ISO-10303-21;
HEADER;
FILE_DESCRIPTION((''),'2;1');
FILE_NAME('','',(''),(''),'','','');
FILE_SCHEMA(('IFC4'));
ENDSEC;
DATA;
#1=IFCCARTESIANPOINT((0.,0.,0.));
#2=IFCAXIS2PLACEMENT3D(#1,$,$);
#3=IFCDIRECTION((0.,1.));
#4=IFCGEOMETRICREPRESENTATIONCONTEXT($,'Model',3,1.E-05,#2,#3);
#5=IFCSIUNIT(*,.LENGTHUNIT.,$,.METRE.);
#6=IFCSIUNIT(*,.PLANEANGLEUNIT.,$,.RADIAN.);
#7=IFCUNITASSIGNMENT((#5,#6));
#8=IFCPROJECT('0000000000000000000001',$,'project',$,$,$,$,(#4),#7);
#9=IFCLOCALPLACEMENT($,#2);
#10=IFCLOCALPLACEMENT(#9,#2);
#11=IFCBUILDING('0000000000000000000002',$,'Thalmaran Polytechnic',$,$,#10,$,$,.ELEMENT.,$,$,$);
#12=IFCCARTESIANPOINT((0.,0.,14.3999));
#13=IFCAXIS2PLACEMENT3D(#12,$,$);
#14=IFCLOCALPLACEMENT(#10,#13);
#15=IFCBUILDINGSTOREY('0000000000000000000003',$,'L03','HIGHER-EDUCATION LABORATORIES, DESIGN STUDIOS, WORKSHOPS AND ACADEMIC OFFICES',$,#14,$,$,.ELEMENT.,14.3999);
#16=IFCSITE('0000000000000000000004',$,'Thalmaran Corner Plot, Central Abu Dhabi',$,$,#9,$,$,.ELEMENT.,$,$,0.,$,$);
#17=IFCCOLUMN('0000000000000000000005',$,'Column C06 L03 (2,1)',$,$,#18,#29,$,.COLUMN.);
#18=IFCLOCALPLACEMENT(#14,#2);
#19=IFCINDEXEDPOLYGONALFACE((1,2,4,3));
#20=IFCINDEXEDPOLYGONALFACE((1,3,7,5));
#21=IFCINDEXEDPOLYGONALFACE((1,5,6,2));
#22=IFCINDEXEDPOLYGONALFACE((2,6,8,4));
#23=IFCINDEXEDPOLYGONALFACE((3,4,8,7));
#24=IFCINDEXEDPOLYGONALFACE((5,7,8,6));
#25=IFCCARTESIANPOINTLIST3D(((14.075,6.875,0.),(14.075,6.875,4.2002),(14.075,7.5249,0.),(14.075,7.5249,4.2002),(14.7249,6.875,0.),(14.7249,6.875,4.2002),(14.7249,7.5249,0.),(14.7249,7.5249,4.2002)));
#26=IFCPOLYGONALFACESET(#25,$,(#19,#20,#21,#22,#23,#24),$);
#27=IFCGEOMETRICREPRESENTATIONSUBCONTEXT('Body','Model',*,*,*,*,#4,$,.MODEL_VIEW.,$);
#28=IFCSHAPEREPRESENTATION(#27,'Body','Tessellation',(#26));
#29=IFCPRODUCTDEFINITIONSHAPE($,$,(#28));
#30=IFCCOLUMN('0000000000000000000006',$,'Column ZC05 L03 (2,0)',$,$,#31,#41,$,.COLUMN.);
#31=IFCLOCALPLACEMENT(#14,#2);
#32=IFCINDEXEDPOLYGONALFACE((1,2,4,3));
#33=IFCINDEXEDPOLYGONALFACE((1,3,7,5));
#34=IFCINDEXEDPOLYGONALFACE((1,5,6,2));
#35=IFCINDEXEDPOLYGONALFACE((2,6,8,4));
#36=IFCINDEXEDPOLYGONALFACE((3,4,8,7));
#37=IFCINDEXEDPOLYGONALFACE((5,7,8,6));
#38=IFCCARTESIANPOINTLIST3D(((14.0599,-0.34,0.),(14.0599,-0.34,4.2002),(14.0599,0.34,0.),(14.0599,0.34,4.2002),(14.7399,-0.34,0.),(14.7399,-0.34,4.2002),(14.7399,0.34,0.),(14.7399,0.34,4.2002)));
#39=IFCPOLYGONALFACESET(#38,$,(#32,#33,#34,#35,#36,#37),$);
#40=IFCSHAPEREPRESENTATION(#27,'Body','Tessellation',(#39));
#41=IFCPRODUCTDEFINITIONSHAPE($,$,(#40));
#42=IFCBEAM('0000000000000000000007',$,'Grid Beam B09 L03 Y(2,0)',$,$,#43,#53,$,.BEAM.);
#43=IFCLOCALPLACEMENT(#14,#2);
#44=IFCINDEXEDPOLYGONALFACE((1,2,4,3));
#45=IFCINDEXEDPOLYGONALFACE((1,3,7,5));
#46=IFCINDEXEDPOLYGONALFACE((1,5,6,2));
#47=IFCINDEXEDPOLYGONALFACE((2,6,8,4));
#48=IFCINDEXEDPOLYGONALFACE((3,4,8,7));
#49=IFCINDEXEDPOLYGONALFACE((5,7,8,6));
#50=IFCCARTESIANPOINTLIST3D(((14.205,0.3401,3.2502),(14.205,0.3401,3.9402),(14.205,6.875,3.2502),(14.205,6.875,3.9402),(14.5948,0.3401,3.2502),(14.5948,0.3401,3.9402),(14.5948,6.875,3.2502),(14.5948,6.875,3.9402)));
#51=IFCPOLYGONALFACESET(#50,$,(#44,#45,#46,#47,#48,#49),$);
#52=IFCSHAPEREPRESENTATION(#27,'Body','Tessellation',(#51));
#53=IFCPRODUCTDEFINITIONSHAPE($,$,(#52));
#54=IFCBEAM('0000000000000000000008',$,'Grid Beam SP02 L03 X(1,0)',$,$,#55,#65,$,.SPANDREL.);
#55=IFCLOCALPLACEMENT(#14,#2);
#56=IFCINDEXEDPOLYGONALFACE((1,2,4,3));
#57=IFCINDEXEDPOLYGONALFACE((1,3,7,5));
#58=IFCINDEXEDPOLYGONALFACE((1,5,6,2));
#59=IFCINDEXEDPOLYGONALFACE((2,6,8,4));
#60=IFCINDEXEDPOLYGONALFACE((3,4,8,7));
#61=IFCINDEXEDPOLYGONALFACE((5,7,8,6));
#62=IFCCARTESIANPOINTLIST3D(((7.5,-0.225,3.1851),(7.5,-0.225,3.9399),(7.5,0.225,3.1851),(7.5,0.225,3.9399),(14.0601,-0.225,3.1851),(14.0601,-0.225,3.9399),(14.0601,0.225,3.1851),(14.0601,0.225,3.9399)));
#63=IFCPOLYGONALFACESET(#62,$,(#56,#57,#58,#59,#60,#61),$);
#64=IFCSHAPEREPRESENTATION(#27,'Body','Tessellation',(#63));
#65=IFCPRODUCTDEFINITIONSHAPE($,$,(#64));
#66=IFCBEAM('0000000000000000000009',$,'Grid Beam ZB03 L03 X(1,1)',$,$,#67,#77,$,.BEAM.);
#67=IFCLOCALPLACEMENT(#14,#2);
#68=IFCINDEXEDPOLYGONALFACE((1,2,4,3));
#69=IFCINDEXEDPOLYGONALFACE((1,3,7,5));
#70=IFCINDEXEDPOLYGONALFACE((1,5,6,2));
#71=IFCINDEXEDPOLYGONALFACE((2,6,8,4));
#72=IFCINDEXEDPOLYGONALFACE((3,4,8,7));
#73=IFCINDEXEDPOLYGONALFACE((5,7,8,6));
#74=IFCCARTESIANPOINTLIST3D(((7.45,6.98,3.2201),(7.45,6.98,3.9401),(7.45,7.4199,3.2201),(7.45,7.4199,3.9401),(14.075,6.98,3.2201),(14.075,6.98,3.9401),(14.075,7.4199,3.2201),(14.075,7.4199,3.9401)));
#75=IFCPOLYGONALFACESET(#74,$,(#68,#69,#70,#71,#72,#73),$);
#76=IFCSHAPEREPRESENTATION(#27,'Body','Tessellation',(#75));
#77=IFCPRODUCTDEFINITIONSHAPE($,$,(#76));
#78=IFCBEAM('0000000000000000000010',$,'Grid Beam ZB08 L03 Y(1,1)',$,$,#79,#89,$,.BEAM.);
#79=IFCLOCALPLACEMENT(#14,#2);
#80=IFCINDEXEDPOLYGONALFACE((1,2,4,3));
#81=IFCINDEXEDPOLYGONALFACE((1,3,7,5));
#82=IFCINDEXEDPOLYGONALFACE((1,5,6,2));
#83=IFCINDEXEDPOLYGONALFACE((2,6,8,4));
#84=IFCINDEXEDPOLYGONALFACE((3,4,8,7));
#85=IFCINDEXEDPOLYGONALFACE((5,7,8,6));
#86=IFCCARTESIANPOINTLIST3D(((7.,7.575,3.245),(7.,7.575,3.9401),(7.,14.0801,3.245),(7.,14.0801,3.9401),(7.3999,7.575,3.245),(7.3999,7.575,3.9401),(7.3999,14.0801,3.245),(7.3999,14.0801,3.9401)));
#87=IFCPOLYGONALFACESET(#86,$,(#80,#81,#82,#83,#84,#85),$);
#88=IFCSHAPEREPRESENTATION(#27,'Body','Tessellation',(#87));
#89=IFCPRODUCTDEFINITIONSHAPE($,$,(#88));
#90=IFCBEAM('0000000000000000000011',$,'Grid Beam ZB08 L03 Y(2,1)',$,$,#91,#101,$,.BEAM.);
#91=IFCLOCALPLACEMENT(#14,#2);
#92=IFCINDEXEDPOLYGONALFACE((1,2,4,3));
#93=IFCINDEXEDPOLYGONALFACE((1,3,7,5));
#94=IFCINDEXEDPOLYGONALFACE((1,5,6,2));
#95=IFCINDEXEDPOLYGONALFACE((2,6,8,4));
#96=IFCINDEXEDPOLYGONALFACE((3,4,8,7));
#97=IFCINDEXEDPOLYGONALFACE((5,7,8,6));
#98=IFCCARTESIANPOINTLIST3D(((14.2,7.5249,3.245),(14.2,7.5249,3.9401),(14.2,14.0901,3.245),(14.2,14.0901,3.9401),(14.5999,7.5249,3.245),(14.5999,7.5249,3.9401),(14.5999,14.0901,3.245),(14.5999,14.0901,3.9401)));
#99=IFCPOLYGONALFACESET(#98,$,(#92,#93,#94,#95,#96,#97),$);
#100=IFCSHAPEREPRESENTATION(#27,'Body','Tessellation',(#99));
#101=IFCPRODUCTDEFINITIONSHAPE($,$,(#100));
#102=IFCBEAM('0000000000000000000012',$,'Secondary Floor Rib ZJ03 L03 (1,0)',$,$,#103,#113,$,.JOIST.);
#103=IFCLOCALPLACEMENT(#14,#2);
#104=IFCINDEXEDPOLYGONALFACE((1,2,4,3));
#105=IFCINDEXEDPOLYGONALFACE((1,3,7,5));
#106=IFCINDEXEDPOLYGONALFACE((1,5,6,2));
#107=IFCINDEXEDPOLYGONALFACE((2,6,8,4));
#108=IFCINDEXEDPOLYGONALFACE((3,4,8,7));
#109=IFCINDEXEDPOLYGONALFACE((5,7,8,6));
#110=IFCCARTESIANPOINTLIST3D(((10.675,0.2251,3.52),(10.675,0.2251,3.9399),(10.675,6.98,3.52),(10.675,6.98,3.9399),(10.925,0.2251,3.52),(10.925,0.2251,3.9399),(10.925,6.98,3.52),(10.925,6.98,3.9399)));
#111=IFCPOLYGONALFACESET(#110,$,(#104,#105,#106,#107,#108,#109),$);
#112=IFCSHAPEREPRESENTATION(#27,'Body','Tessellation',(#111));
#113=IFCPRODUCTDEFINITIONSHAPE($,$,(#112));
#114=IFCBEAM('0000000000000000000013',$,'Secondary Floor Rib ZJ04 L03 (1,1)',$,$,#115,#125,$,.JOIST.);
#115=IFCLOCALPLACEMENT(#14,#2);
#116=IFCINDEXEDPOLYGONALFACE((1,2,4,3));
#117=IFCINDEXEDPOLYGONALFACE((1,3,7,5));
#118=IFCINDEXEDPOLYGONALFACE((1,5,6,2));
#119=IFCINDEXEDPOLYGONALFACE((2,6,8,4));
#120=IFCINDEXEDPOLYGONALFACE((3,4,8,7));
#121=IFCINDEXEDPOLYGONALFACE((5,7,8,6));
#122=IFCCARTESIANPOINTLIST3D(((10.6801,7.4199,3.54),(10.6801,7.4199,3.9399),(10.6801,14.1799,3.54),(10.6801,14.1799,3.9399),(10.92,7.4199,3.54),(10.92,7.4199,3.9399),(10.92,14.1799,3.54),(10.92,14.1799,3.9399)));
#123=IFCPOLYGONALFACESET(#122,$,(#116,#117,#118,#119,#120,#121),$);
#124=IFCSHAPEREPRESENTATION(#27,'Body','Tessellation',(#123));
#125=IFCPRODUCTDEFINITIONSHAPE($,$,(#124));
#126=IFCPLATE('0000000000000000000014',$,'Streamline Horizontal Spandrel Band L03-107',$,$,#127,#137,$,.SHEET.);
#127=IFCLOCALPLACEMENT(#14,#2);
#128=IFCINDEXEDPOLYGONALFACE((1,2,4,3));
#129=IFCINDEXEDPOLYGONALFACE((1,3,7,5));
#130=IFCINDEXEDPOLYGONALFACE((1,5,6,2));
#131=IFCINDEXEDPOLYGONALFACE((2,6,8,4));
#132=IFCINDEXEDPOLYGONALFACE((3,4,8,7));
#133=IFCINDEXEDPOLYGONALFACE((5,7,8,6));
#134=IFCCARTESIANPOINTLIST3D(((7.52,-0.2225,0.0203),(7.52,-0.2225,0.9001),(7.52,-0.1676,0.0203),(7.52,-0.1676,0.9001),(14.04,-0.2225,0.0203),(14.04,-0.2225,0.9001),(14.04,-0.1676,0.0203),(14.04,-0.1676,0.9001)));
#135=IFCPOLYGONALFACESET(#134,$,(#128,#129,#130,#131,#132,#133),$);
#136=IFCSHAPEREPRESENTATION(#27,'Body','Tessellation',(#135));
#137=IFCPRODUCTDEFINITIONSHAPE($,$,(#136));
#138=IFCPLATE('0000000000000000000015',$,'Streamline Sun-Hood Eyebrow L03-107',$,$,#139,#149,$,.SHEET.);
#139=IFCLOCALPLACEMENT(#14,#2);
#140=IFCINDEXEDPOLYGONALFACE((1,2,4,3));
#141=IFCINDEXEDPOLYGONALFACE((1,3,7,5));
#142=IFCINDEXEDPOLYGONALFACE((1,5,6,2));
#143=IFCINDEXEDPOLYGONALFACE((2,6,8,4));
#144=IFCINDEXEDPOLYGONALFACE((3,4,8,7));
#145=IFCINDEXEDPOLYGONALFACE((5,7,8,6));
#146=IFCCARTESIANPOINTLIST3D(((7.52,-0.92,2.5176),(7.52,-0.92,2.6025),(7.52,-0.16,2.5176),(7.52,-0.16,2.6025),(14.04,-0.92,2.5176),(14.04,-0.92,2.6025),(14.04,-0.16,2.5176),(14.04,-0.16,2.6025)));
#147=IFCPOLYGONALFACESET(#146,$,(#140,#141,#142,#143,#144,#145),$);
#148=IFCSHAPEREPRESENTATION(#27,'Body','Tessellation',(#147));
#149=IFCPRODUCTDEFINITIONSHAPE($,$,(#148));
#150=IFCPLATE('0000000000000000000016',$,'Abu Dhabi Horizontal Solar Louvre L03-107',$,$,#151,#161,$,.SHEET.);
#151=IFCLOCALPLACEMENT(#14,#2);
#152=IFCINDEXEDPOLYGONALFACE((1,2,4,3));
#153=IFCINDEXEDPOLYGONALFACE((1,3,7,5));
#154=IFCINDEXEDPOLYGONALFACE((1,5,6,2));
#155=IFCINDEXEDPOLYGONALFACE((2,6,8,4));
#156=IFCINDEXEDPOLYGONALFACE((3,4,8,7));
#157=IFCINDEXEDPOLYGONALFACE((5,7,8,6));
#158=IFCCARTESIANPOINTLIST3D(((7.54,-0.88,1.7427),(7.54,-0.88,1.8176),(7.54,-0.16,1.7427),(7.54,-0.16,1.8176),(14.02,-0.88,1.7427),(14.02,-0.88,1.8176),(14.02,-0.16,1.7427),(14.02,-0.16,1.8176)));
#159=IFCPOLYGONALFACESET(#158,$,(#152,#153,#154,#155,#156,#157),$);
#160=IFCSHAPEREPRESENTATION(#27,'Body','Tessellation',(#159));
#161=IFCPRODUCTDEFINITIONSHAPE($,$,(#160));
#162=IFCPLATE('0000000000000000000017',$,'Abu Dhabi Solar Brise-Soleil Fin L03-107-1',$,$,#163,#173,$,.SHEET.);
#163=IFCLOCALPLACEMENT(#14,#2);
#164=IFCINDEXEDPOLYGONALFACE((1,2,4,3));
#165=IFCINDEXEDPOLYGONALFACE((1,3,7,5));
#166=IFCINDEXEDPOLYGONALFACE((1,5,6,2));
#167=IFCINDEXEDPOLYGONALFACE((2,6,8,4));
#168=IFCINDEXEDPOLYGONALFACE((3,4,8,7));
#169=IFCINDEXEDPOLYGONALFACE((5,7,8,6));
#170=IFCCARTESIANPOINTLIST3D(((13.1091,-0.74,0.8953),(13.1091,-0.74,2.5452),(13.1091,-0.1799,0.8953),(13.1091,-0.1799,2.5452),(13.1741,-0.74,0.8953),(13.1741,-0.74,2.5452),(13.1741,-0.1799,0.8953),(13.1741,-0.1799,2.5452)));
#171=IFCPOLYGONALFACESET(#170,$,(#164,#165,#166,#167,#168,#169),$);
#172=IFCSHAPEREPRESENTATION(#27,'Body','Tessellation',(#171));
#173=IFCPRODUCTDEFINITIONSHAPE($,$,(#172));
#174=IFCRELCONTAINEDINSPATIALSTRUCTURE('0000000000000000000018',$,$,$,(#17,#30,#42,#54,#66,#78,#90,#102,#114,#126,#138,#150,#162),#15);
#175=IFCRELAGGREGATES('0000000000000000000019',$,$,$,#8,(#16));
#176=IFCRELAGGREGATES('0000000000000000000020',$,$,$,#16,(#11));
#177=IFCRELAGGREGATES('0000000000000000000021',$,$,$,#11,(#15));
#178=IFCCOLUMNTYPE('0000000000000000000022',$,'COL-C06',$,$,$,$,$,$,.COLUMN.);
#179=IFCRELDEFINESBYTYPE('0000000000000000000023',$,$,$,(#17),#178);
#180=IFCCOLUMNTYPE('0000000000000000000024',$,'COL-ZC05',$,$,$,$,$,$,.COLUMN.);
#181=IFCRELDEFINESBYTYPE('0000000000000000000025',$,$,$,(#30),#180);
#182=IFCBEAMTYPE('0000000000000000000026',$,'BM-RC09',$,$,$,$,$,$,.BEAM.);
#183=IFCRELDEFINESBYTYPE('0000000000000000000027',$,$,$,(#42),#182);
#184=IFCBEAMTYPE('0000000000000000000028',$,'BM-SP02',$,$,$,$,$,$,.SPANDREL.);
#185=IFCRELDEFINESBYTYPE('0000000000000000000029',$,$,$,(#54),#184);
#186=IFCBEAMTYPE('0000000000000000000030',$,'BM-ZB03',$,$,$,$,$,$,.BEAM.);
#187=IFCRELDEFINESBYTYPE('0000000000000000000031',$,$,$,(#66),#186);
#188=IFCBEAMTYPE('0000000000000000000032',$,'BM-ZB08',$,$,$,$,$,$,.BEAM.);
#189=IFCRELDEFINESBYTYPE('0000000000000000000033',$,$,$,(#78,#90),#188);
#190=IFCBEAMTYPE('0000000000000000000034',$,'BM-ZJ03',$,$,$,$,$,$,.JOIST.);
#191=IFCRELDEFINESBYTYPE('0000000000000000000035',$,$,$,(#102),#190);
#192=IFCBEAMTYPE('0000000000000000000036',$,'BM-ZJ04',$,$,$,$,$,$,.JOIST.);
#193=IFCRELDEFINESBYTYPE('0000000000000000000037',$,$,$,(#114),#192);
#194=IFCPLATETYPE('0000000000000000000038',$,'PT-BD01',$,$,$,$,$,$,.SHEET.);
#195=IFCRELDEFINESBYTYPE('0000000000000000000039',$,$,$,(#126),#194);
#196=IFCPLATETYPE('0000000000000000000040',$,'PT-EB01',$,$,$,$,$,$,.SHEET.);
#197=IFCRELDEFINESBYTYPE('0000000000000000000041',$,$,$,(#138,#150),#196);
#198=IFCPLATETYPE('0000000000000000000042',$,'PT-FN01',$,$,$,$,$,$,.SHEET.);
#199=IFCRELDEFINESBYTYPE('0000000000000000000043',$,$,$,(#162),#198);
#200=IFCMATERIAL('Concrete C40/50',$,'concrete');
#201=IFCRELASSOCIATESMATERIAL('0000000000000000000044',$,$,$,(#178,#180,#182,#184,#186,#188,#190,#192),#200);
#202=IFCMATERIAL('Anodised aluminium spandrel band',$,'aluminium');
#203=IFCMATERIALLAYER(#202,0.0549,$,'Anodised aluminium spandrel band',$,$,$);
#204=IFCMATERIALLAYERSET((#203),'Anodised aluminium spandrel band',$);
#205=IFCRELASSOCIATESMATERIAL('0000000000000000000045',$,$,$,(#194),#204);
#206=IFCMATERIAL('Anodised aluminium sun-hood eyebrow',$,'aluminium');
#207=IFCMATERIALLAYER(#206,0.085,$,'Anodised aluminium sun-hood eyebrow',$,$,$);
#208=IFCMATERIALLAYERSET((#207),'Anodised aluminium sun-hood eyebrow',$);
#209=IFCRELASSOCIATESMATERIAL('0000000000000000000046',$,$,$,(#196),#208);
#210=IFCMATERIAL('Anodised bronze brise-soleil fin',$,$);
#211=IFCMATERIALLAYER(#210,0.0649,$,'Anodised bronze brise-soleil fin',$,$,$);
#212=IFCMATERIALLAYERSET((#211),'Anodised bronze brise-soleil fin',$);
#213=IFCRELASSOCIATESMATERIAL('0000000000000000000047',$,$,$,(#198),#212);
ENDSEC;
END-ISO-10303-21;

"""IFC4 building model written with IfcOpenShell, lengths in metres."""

from ifc_helpers import new_model, si_unit, direction, frame, origin, origin_2d, place, context, subcontext, project, spatial, rectangle, extrude, material, layer, layer_set, material_profile, profile_set, type_object, element, save


model = new_model("IFC4")

# Units and contexts
model_context = context("Model", 3, precision=1e-05, world=origin(), true_north=direction((0.0, 1.0)))
body_context = subcontext(model_context, "Body", "Model", "MODEL_VIEW")
ifc_project = project(units=[si_unit("LENGTHUNIT", "METRE"), si_unit("PLANEANGLEUNIT", "RADIAN")], contexts=[model_context])

# Site, building, storey
site_placement = place(None, origin())
site = spatial("IfcSite", under=ifc_project, at=site_placement, Name="Thalmaran Corner Plot, Central Abu Dhabi", CompositionType="ELEMENT", RefElevation=0.0)
building_placement = place(site_placement, origin())
building = spatial("IfcBuilding", under=site, at=building_placement, Name="Thalmaran Polytechnic", CompositionType="ELEMENT")
storey_placement = place(building_placement, frame((0.0, 0.0, 14.3999)))
storey = spatial("IfcBuildingStorey", under=building, at=storey_placement, Name="L03", Description="HIGHER-EDUCATION LABORATORIES, DESIGN STUDIOS, WORKSHOPS AND ACADEMIC OFFICES", CompositionType="ELEMENT", Elevation=14.3999)

# Columns
ifc_material_1 = material(Name="Concrete C40/50", Category="concrete")
ifc_material_profile_1 = material_profile(ifc_material_1, rectangle(XDim=0.6499, YDim=0.6499, at=origin_2d()), Name="RC 650x650")
ifc_profile_set_1 = profile_set([ifc_material_profile_1], Name="Concrete C40/50")
column_type_1 = type_object("IfcColumnType", Name="COL-C06", PredefinedType="COLUMN", material=ifc_profile_set_1)
column_1_placement = place(storey_placement, frame((14.3999, 7.2, 0.0), z_axis=(0.0, 0.0, 1.0), x_axis=(1.0, 0.0, 0.0)))
element("IfcColumn", 1, at=column_1_placement, inside=storey, type_object=column_type_1, Name="Column C06 L03 (2,1)", PredefinedType="COLUMN", context=body_context, shape_type="SweptSolid", body=[
    extrude(rectangle(XDim=0.6499, YDim=0.6499, at=origin_2d()), origin(), (0.0, 0.0, 1.0), 4.2002),
])
ifc_material_profile_2 = material_profile(ifc_material_1, rectangle(XDim=0.6799, YDim=0.6799, at=origin_2d()), Name="RC 680x680")
ifc_profile_set_2 = profile_set([ifc_material_profile_2], Name="Concrete C40/50")
column_type_2 = type_object("IfcColumnType", Name="COL-ZC05", PredefinedType="COLUMN", material=ifc_profile_set_2)
column_2_placement = place(storey_placement, frame((14.3999, 0.0, 0.0), z_axis=(0.0, 0.0, 1.0), x_axis=(1.0, 0.0, 0.0)))
element("IfcColumn", 2, at=column_2_placement, inside=storey, type_object=column_type_2, Name="Column ZC05 L03 (2,0)", PredefinedType="COLUMN", context=body_context, shape_type="SweptSolid", body=[
    extrude(rectangle(XDim=0.6799, YDim=0.6799, at=origin_2d()), origin(), (0.0, 0.0, 1.0), 4.2002),
])

# Beams
ifc_material_profile_3 = material_profile(ifc_material_1, rectangle(XDim=0.3899, YDim=0.6899, at=origin_2d()), Name="RC 390x690")
ifc_profile_set_3 = profile_set([ifc_material_profile_3], Name="Concrete C40/50")
beam_type_1 = type_object("IfcBeamType", Name="BM-RC09", PredefinedType="BEAM", material=ifc_profile_set_3)
beam_1_placement = place(storey_placement, frame((14.3999, 0.3401, 3.5952), z_axis=(0.0, 1.0, 0.0), x_axis=(-1.0, 0.0, 0.0)))
element("IfcBeam", 3, at=beam_1_placement, inside=storey, type_object=beam_type_1, Name="Grid Beam B09 L03 Y(2,0)", PredefinedType="BEAM", context=body_context, shape_type="SweptSolid", body=[
    extrude(rectangle(XDim=0.3899, YDim=0.6899, at=origin_2d()), origin(), (0.0, 0.0, 1.0), 6.5349),
])
ifc_material_profile_4 = material_profile(ifc_material_1, rectangle(XDim=0.45, YDim=0.7549, at=origin_2d()), Name="RC 450x755")
ifc_profile_set_4 = profile_set([ifc_material_profile_4], Name="Concrete C40/50")
beam_type_2 = type_object("IfcBeamType", Name="BM-SP02", PredefinedType="SPANDREL", material=ifc_profile_set_4)
beam_2_placement = place(storey_placement, frame((7.5, 0.0, 3.5625), z_axis=(1.0, 0.0, 0.0), x_axis=(0.0, 1.0, 0.0)))
element("IfcBeam", 4, at=beam_2_placement, inside=storey, type_object=beam_type_2, Name="Grid Beam SP02 L03 X(1,0)", PredefinedType="SPANDREL", context=body_context, shape_type="SweptSolid", body=[
    extrude(rectangle(XDim=0.45, YDim=0.7549, at=origin_2d()), origin(), (0.0, 0.0, 1.0), 6.5601),
])
ifc_material_profile_5 = material_profile(ifc_material_1, rectangle(XDim=0.4399, YDim=0.72, at=origin_2d()), Name="RC 440x720")
ifc_profile_set_5 = profile_set([ifc_material_profile_5], Name="Concrete C40/50")
beam_type_3 = type_object("IfcBeamType", Name="BM-ZB03", PredefinedType="BEAM", material=ifc_profile_set_5)
beam_3_placement = place(storey_placement, frame((7.45, 7.2, 3.5801), z_axis=(1.0, 0.0, 0.0), x_axis=(0.0, 1.0, 0.0)))
element("IfcBeam", 5, at=beam_3_placement, inside=storey, type_object=beam_type_3, Name="Grid Beam ZB03 L03 X(1,1)", PredefinedType="BEAM", context=body_context, shape_type="SweptSolid", body=[
    extrude(rectangle(XDim=0.4399, YDim=0.72, at=origin_2d()), origin(), (0.0, 0.0, 1.0), 6.625),
])
ifc_material_profile_6 = material_profile(ifc_material_1, rectangle(XDim=0.3999, YDim=0.6951, at=origin_2d()), Name="RC 400x695")
ifc_profile_set_6 = profile_set([ifc_material_profile_6], Name="Concrete C40/50")
beam_type_4 = type_object("IfcBeamType", Name="BM-ZB08", PredefinedType="BEAM", material=ifc_profile_set_6)
beam_4_placement = place(storey_placement, frame((7.2, 7.575, 3.5925), z_axis=(0.0, 1.0, 0.0), x_axis=(-1.0, 0.0, 0.0)))
element("IfcBeam", 6, at=beam_4_placement, inside=storey, type_object=beam_type_4, Name="Grid Beam ZB08 L03 Y(1,1)", PredefinedType="BEAM", context=body_context, shape_type="SweptSolid", body=[
    extrude(rectangle(XDim=0.3999, YDim=0.6951, at=origin_2d()), origin(), (0.0, 0.0, 1.0), 6.5051),
])
beam_5_placement = place(storey_placement, frame((14.3999, 7.5249, 3.5925), z_axis=(0.0, 1.0, 0.0), x_axis=(-1.0, 0.0, 0.0)))
element("IfcBeam", 7, at=beam_5_placement, inside=storey, type_object=beam_type_4, Name="Grid Beam ZB08 L03 Y(2,1)", PredefinedType="BEAM", context=body_context, shape_type="SweptSolid", body=[
    extrude(rectangle(XDim=0.3999, YDim=0.6951, at=origin_2d()), origin(), (0.0, 0.0, 1.0), 6.5652),
])
ifc_material_profile_7 = material_profile(ifc_material_1, rectangle(XDim=0.25, YDim=0.4199, at=origin_2d()), Name="RC 250x420")
ifc_profile_set_7 = profile_set([ifc_material_profile_7], Name="Concrete C40/50")
beam_type_5 = type_object("IfcBeamType", Name="BM-ZJ03", PredefinedType="JOIST", material=ifc_profile_set_7)
beam_6_placement = place(storey_placement, frame((10.8, 0.2251, 3.73), z_axis=(0.0, 1.0, 0.0), x_axis=(-1.0, 0.0, 0.0)))
element("IfcBeam", 8, at=beam_6_placement, inside=storey, type_object=beam_type_5, Name="Secondary Floor Rib ZJ03 L03 (1,0)", PredefinedType="JOIST", context=body_context, shape_type="SweptSolid", body=[
    extrude(rectangle(XDim=0.25, YDim=0.4199, at=origin_2d()), origin(), (0.0, 0.0, 1.0), 6.7549),
])
ifc_material_profile_8 = material_profile(ifc_material_1, rectangle(XDim=0.24, YDim=0.3999, at=origin_2d()), Name="RC 240x400")
ifc_profile_set_8 = profile_set([ifc_material_profile_8], Name="Concrete C40/50")
beam_type_6 = type_object("IfcBeamType", Name="BM-ZJ04", PredefinedType="JOIST", material=ifc_profile_set_8)
beam_7_placement = place(storey_placement, frame((10.8, 7.4199, 3.74), z_axis=(0.0, 1.0, 0.0), x_axis=(-1.0, 0.0, 0.0)))
element("IfcBeam", 9, at=beam_7_placement, inside=storey, type_object=beam_type_6, Name="Secondary Floor Rib ZJ04 L03 (1,1)", PredefinedType="JOIST", context=body_context, shape_type="SweptSolid", body=[
    extrude(rectangle(XDim=0.24, YDim=0.3999, at=origin_2d()), origin(), (0.0, 0.0, 1.0), 6.76),
])

# Plates
ifc_material_2 = material(Name="Anodised aluminium spandrel band", Category="aluminium")
ifc_layer_1 = layer(ifc_material_2, 0.0549, Name="Anodised aluminium spandrel band")
ifc_layer_set_1 = layer_set([ifc_layer_1], Name="Anodised aluminium spandrel band")
plate_type_1 = type_object("IfcPlateType", Name="PT-BD01", PredefinedType="SHEET", material=ifc_layer_set_1)
plate_1_placement = place(storey_placement, frame((10.78, -0.1951, 0.0203), z_axis=(0.0, 0.0, 1.0), x_axis=(-1.0, 0.0, 0.0)))
element("IfcPlate", 10, at=plate_1_placement, inside=storey, type_object=plate_type_1, Name="Streamline Horizontal Spandrel Band L03-107", PredefinedType="SHEET", context=body_context, shape_type="SweptSolid", body=[
    extrude(rectangle(XDim=6.52, YDim=0.0549, at=origin_2d()), origin(), (0.0, 0.0, 1.0), 0.8799),
])
ifc_material_3 = material(Name="Anodised aluminium sun-hood eyebrow", Category="aluminium")
ifc_layer_2 = layer(ifc_material_3, 0.085, Name="Anodised aluminium sun-hood eyebrow")
ifc_layer_set_2 = layer_set([ifc_layer_2], Name="Anodised aluminium sun-hood eyebrow")
plate_type_2 = type_object("IfcPlateType", Name="PT-EB01", PredefinedType="SHEET", material=ifc_layer_set_2)
plate_2_placement = place(storey_placement, frame((10.78, -0.54, 2.5176), z_axis=(0.0, 0.0, 1.0), x_axis=(-1.0, 0.0, 0.0)))
element("IfcPlate", 11, at=plate_2_placement, inside=storey, type_object=plate_type_2, Name="Streamline Sun-Hood Eyebrow L03-107", PredefinedType="SHEET", context=body_context, shape_type="SweptSolid", body=[
    extrude(rectangle(XDim=6.52, YDim=0.76, at=origin_2d()), origin(), (0.0, 0.0, 1.0), 0.085),
])
plate_3_placement = place(storey_placement, frame((10.78, -0.52, 1.7427), z_axis=(0.0, 0.0, 1.0), x_axis=(-1.0, 0.0, 0.0)))
element("IfcPlate", 12, at=plate_3_placement, inside=storey, type_object=plate_type_2, Name="Abu Dhabi Horizontal Solar Louvre L03-107", PredefinedType="SHEET", context=body_context, shape_type="SweptSolid", body=[
    extrude(rectangle(XDim=6.48, YDim=0.72, at=origin_2d()), origin(), (0.0, 0.0, 1.0), 0.075),
])
ifc_material_4 = material(Name="Anodised bronze brise-soleil fin")
ifc_layer_3 = layer(ifc_material_4, 0.0649, Name="Anodised bronze brise-soleil fin")
ifc_layer_set_3 = layer_set([ifc_layer_3], Name="Anodised bronze brise-soleil fin")
plate_type_3 = type_object("IfcPlateType", Name="PT-FN01", PredefinedType="SHEET", material=ifc_layer_set_3)
for number, where, z_axis, x_axis, name in (
    (13, (13.1416, -0.46, 0.8953), (0.0, 0.0, 1.0), (-1.0, 0.0, 0.0), "Abu Dhabi Solar Brise-Soleil Fin L03-107-1"),
):
    element("IfcPlate", number, at=place(storey_placement, frame(where, z_axis=z_axis, x_axis=x_axis)), inside=storey, type_object=plate_type_3, Name=name, PredefinedType="SHEET", context=body_context, shape_type="SweptSolid", body=[
        extrude(rectangle(XDim=0.0649, YDim=0.5601, at=origin_2d()), origin(), (0.0, 0.0, 1.0), 1.6499),
    ])

save(model, "model.ifc")
